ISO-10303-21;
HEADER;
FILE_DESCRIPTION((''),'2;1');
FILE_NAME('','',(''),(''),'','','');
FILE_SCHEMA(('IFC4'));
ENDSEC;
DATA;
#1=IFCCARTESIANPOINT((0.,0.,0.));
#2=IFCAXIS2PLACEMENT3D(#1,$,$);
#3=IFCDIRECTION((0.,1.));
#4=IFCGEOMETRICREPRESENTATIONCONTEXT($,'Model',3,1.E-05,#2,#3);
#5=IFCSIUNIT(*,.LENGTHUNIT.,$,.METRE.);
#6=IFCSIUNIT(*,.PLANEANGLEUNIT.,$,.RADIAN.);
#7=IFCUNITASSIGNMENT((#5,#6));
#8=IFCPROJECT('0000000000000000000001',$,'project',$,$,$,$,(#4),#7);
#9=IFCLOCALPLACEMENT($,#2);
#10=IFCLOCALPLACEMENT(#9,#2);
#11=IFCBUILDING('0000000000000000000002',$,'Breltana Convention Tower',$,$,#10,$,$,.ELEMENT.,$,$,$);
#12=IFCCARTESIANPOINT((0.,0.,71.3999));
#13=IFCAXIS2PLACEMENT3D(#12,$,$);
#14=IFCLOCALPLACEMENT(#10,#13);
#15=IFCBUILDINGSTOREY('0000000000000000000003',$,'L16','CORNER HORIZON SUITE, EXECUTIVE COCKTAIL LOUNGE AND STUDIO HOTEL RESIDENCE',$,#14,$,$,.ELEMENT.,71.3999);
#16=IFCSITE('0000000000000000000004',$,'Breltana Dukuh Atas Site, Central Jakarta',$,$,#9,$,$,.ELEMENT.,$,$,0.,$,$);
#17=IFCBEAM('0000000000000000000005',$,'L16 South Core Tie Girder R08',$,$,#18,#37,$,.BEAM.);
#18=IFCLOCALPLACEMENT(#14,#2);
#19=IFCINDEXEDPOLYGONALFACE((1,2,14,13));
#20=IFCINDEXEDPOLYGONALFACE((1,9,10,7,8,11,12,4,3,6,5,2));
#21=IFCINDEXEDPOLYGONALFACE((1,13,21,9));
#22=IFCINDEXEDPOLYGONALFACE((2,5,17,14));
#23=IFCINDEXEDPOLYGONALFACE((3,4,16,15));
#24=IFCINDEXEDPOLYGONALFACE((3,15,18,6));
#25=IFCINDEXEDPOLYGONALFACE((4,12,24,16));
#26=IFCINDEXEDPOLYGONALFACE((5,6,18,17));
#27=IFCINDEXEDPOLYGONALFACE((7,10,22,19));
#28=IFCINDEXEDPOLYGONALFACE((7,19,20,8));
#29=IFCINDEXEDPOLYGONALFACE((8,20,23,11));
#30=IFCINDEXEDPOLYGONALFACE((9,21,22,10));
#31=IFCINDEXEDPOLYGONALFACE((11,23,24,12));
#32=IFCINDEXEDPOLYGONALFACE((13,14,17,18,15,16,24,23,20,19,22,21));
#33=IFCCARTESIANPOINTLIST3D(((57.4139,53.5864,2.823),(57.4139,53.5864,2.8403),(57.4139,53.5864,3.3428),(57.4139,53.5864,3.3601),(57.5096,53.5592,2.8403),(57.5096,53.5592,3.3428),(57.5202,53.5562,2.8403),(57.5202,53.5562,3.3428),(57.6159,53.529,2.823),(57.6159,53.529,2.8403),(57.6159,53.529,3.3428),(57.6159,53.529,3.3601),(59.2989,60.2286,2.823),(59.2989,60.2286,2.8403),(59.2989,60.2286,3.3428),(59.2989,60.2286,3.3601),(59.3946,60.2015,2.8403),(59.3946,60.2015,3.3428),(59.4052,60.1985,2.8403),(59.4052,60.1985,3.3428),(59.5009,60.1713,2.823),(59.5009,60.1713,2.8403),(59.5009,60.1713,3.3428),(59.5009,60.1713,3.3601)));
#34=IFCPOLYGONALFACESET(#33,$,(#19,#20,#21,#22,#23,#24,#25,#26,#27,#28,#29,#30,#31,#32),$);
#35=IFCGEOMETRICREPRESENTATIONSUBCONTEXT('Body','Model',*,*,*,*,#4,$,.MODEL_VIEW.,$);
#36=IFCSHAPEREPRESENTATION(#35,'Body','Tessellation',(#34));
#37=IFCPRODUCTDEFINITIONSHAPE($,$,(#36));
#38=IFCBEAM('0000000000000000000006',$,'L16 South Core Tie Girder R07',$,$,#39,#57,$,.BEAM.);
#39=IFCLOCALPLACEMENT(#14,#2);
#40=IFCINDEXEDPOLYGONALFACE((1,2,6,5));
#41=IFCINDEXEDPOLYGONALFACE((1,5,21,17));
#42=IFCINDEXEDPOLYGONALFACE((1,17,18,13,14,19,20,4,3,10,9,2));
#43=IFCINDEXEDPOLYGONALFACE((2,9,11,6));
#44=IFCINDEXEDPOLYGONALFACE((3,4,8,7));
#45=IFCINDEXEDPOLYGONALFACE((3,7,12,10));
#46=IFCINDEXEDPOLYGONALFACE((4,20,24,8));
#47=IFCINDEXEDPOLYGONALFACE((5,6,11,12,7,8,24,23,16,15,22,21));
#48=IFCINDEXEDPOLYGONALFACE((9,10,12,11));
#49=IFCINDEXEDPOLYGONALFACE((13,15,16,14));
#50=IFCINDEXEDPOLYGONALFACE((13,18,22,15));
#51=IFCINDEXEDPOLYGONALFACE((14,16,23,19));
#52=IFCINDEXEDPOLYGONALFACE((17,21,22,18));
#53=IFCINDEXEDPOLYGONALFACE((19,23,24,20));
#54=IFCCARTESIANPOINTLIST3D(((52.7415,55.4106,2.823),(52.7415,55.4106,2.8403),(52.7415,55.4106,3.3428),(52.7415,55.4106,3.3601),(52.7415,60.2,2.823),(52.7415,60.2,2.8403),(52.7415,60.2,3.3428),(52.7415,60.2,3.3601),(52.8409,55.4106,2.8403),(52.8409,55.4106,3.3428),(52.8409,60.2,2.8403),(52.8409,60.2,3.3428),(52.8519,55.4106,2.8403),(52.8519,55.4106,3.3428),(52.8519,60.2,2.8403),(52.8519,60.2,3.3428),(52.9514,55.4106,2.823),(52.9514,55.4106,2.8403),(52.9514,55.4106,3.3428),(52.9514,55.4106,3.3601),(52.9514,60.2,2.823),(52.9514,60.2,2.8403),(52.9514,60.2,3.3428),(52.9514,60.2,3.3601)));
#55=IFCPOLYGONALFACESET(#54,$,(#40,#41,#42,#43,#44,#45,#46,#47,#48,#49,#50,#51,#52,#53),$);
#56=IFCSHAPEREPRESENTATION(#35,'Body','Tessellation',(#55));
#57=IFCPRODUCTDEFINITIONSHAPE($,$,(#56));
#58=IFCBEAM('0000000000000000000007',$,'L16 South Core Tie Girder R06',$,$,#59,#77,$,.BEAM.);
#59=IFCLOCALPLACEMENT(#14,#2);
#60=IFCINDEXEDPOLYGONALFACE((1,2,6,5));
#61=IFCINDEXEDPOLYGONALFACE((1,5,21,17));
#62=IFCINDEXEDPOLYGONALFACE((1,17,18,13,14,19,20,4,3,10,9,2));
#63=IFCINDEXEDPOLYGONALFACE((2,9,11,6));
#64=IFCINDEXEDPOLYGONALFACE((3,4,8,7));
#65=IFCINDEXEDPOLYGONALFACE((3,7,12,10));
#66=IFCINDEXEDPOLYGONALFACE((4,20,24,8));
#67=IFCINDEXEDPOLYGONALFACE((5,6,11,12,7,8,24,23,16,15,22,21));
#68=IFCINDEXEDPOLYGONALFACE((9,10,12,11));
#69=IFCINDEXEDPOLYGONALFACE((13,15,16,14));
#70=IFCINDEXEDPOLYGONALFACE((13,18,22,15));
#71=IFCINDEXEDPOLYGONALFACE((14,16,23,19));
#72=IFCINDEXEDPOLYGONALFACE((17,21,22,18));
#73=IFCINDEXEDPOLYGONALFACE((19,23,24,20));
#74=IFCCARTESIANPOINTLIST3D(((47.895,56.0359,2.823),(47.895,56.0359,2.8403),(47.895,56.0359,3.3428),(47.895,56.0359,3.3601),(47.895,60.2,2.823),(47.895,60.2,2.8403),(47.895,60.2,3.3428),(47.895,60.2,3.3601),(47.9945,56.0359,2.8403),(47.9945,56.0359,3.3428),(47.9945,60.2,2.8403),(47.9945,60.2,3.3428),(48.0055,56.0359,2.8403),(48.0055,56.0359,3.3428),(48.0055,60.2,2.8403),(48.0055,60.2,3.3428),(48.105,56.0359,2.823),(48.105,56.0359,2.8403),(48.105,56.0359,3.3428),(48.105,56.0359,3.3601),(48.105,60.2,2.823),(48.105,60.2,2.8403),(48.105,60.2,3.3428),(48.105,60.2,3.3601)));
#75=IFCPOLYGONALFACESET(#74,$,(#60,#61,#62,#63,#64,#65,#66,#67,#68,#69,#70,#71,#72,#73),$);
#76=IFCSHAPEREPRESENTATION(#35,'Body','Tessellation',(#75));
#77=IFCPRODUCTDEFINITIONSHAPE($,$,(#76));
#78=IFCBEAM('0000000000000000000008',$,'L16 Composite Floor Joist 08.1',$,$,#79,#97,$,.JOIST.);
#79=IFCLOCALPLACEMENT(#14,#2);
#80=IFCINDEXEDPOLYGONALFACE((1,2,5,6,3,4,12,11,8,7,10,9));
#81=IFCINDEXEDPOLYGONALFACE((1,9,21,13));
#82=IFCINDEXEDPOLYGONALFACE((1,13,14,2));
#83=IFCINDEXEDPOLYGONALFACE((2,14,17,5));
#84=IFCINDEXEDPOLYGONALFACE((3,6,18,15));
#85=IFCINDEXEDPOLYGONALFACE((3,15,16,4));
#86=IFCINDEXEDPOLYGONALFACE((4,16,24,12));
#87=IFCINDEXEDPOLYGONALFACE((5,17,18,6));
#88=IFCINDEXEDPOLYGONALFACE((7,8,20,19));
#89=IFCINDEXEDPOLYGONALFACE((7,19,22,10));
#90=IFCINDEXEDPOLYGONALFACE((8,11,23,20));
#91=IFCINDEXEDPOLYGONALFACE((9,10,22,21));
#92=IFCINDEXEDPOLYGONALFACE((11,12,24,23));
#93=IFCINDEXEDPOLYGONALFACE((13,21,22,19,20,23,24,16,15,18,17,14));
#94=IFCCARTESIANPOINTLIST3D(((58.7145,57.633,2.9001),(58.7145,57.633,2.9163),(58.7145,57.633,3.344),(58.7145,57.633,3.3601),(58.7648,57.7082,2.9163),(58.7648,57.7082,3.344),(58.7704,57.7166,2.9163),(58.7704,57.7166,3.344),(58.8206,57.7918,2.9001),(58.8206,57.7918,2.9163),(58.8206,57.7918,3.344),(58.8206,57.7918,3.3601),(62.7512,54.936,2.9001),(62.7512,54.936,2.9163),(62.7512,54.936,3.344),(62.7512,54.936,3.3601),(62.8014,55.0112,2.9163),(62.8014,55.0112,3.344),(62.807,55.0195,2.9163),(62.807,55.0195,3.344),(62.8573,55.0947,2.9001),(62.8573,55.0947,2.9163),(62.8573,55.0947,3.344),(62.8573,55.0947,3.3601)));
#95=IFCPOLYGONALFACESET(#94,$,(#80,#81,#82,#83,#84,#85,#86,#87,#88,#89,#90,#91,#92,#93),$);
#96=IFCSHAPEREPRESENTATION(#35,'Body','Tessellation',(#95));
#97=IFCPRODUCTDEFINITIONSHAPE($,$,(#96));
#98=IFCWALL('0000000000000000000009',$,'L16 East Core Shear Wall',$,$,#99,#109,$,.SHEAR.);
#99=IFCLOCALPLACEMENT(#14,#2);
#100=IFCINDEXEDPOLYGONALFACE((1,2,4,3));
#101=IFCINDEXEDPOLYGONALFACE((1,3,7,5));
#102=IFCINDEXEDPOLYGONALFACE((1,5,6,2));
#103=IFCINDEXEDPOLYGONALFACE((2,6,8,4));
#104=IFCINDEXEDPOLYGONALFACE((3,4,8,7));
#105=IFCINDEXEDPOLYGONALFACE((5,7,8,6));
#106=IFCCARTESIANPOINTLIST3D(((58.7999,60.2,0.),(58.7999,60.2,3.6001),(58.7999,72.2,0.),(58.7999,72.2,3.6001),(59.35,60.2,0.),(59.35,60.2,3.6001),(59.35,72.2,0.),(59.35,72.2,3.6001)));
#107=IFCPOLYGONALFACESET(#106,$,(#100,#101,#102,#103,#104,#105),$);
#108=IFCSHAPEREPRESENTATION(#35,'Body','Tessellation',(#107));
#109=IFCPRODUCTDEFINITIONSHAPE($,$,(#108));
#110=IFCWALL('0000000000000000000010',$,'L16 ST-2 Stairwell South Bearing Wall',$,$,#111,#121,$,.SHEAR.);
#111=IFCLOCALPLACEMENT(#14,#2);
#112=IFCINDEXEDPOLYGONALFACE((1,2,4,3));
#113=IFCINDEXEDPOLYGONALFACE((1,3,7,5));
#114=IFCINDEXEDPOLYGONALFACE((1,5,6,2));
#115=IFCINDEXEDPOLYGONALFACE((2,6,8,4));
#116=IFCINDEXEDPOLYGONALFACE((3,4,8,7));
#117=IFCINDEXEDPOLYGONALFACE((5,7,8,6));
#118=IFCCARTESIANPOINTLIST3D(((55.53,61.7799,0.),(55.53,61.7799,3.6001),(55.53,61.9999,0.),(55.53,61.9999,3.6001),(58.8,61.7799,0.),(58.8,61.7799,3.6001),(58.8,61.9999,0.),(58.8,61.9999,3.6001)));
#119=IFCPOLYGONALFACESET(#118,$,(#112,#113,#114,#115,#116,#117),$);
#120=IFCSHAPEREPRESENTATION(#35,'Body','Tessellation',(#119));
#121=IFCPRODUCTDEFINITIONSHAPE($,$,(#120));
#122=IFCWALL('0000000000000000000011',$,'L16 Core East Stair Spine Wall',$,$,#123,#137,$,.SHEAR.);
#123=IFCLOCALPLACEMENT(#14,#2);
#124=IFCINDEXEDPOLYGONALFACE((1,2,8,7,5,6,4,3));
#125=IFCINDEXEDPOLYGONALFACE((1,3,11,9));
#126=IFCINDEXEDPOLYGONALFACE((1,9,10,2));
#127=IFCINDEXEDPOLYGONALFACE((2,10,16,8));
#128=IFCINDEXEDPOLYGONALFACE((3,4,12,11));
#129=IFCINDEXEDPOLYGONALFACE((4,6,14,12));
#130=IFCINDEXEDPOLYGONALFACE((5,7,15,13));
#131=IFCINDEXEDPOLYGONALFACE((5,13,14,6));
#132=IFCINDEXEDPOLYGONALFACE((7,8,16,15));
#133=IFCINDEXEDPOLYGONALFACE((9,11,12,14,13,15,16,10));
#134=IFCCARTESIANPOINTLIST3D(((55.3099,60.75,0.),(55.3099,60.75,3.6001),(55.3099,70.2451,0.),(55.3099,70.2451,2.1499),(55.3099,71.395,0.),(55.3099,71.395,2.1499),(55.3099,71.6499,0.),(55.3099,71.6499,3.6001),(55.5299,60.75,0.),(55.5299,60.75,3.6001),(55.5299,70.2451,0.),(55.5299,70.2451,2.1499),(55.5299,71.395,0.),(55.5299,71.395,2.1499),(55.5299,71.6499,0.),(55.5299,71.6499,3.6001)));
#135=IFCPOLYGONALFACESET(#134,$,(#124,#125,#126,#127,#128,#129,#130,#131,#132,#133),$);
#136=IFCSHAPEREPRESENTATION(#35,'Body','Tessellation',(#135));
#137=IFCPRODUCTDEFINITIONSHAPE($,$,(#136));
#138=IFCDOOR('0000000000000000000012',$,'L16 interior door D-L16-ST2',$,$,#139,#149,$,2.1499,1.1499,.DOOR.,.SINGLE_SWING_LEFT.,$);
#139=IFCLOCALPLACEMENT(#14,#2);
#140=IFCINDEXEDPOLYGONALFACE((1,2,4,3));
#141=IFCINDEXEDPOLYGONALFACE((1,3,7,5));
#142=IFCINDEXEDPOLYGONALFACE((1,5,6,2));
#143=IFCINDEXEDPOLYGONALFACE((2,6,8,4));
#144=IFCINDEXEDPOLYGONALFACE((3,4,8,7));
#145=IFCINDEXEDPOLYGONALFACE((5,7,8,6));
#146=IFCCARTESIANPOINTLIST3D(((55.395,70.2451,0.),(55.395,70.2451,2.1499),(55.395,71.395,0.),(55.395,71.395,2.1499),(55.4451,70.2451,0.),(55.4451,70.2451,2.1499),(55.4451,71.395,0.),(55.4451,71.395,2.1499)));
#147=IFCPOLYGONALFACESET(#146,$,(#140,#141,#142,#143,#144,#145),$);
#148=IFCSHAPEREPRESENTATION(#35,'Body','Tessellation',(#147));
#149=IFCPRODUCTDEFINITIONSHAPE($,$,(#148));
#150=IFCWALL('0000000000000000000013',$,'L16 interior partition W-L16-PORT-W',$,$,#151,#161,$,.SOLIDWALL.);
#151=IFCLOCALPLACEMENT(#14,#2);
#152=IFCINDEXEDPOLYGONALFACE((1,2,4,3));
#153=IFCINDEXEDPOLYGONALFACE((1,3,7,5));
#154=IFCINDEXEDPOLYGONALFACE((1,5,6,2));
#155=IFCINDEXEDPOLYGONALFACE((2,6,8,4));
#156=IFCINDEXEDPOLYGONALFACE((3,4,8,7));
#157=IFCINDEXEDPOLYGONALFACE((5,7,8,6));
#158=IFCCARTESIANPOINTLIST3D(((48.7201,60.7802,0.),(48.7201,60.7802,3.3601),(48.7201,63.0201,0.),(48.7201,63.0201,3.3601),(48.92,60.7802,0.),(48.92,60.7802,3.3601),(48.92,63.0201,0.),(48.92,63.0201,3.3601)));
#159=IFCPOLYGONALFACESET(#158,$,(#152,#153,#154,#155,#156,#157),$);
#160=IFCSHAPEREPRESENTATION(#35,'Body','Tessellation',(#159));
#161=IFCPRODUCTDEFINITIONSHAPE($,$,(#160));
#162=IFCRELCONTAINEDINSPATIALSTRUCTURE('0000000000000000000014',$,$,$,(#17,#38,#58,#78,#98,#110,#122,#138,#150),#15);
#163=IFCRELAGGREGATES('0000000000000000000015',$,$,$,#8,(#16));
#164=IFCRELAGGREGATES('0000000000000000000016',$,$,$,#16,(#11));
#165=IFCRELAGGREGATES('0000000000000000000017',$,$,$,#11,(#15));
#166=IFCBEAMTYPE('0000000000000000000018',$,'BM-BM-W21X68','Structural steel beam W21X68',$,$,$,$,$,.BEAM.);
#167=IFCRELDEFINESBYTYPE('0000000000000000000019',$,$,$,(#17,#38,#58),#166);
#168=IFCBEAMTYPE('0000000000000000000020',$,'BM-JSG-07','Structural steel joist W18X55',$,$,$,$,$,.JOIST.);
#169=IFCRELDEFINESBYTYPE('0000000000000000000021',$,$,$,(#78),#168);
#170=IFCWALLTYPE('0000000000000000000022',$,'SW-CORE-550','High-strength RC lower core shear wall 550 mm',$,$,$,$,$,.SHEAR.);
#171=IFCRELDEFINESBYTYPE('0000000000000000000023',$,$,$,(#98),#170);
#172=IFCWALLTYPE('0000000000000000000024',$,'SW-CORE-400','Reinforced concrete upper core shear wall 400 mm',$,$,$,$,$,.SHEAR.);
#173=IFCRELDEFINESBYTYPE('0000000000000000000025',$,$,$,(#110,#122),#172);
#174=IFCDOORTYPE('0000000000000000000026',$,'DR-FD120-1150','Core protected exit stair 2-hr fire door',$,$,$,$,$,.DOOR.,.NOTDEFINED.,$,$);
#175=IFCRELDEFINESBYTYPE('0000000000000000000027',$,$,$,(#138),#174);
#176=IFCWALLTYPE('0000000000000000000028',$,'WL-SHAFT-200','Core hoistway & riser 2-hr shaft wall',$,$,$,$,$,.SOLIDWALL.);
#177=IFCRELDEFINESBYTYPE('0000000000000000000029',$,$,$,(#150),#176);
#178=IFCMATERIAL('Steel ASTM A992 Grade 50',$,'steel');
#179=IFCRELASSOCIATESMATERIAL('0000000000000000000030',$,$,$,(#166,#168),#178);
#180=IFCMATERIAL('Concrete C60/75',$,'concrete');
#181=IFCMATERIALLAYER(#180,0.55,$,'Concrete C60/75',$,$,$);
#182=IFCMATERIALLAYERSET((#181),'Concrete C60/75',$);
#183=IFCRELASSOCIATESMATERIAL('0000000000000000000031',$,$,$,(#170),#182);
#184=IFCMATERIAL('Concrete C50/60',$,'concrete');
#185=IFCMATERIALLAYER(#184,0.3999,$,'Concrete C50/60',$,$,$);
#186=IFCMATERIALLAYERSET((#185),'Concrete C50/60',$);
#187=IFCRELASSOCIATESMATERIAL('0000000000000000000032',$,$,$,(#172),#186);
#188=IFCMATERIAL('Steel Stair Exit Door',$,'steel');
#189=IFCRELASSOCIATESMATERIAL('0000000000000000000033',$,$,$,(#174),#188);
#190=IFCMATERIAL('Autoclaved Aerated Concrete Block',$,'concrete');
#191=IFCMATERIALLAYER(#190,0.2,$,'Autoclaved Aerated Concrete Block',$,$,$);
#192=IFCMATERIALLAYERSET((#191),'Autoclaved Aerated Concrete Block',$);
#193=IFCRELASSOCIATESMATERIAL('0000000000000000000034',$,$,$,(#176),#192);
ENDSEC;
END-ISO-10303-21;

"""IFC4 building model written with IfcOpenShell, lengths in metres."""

from ifc_helpers import new_model, si_unit, direction, frame, frame_2d, origin, origin_2d, place, context, subcontext, project, spatial, rectangle, i_section, extrude, source, transform, mapped, material, layer, layer_set, material_profile, profile_set, type_object, type_shapes, element, fill, save


model = new_model("IFC4")

# Units and contexts
model_context = context("Model", 3, precision=1e-05, world=origin(), true_north=direction((0.0, 1.0)))
body_context = subcontext(model_context, "Body", "Model", "MODEL_VIEW")
ifc_project = project(units=[si_unit("LENGTHUNIT", "METRE"), si_unit("PLANEANGLEUNIT", "RADIAN")], contexts=[model_context])

# Site, building, storey
site_placement = place(None, origin())
site = spatial("IfcSite", under=ifc_project, at=site_placement, Name="Breltana Dukuh Atas Site, Central Jakarta", CompositionType="ELEMENT", RefElevation=0.0)
building_placement = place(site_placement, origin())
building = spatial("IfcBuilding", under=site, at=building_placement, Name="Breltana Convention Tower", CompositionType="ELEMENT")
storey_placement = place(building_placement, frame((0.0, 0.0, 71.3999)))
storey = spatial("IfcBuildingStorey", under=building, at=storey_placement, Name="L16", Description="CORNER HORIZON SUITE, EXECUTIVE COCKTAIL LOUNGE AND STUDIO HOTEL RESIDENCE", CompositionType="ELEMENT", Elevation=71.3999)

# Beams
ifc_material_1 = material(Name="Steel ASTM A992 Grade 50", Category="steel")
ifc_material_profile_1 = material_profile(ifc_material_1, i_section(OverallWidth=0.21, OverallDepth=0.5371, WebThickness=0.011, FlangeThickness=0.0173, at=origin_2d()), Name="W21X68")
ifc_profile_set_1 = profile_set([ifc_material_profile_1], Name="Steel ASTM A992 Grade 50")
beam_type_1 = type_object("IfcBeamType", Name="BM-BM-W21X68", Description="Structural steel beam W21X68", PredefinedType="BEAM", material=ifc_profile_set_1)
shared_shape_1 = source(origin(), body_context, "Body", "SweptSolid", [
    extrude(i_section(OverallWidth=0.21, OverallDepth=0.5371, WebThickness=0.011, FlangeThickness=0.0173, at=origin_2d()), origin(), (0.0, 0.0, 1.0), 6.9045),
])
type_shapes(beam_type_1, [shared_shape_1])
beam_1_placement = place(storey_placement, frame((59.3999, 60.2, 3.0916), z_axis=(-0.273007, -0.962012, 0.0), x_axis=(0.962012, -0.273007, 0.0)))
element("IfcBeam", 1, at=beam_1_placement, inside=storey, type_object=beam_type_1, Name="L16 South Core Tie Girder R08", PredefinedType="BEAM", context=body_context, shape_type="MappedRepresentation", body=[
    mapped(shared_shape_1, transform((0.0, 0.0, 0.0), scale=1.0)),
])
shared_shape_2 = source(origin(), body_context, "Body", "SweptSolid", [
    extrude(i_section(OverallWidth=0.21, OverallDepth=0.5371, WebThickness=0.011, FlangeThickness=0.0173, at=origin_2d()), origin(), (0.0, 0.0, 1.0), 4.7893),
])
beam_2_placement = place(storey_placement, frame((52.8464, 60.2, 3.0916), z_axis=(0.0, -1.0, 0.0), x_axis=(1.0, 0.0, 0.0)))
element("IfcBeam", 2, at=beam_2_placement, inside=storey, type_object=beam_type_1, Name="L16 South Core Tie Girder R07", PredefinedType="BEAM", context=body_context, shape_type="MappedRepresentation", body=[
    mapped(shared_shape_2, transform((0.0, 0.0, 0.0), scale=1.0)),
])
shared_shape_3 = source(origin(), body_context, "Body", "SweptSolid", [
    extrude(i_section(OverallWidth=0.21, OverallDepth=0.5371, WebThickness=0.011, FlangeThickness=0.0173, at=origin_2d()), origin(), (0.0, 0.0, 1.0), 4.1641),
])
beam_3_placement = place(storey_placement, frame((48.0, 60.2, 3.0916), z_axis=(0.0, -1.0, 0.0), x_axis=(1.0, 0.0, 0.0)))
element("IfcBeam", 3, at=beam_3_placement, inside=storey, type_object=beam_type_1, Name="L16 South Core Tie Girder R06", PredefinedType="BEAM", context=body_context, shape_type="MappedRepresentation", body=[
    mapped(shared_shape_3, transform((0.0, 0.0, 0.0), scale=1.0)),
])
ifc_material_profile_2 = material_profile(ifc_material_1, i_section(OverallWidth=0.1909, OverallDepth=0.46, WebThickness=0.01, FlangeThickness=0.0161, at=origin_2d()), Name="W18X55")
ifc_profile_set_2 = profile_set([ifc_material_profile_2], Name="Steel ASTM A992 Grade 50")
beam_type_2 = type_object("IfcBeamType", Name="BM-JSG-07", Description="Structural steel joist W18X55", PredefinedType="JOIST", material=ifc_profile_set_2)
shared_shape_4 = source(origin(), body_context, "Body", "SweptSolid", [
    extrude(i_section(OverallWidth=0.1909, OverallDepth=0.46, WebThickness=0.01, FlangeThickness=0.0161, at=origin_2d()), origin(), (0.0, 0.0, 1.0), 4.8547),
])
beam_4_placement = place(storey_placement, frame((58.7676, 57.7124, 3.1301), z_axis=(0.831485, -0.555547, 0.0), x_axis=(0.555547, 0.831485, 0.0)))
element("IfcBeam", 4, at=beam_4_placement, inside=storey, type_object=beam_type_2, Name="L16 Composite Floor Joist 08.1", PredefinedType="JOIST", context=body_context, shape_type="MappedRepresentation", body=[
    mapped(shared_shape_4, transform((0.0, 0.0, 0.0), scale=1.0)),
])

# Walls
ifc_material_2 = material(Name="Concrete C60/75", Category="concrete")
ifc_layer_1 = layer(ifc_material_2, 0.55, Name="Concrete C60/75")
ifc_layer_set_1 = layer_set([ifc_layer_1], Name="Concrete C60/75")
wall_type_1 = type_object("IfcWallType", Name="SW-CORE-550", Description="High-strength RC lower core shear wall 550 mm", PredefinedType="SHEAR", material=ifc_layer_set_1)
shared_shape_5 = source(origin(), body_context, "Body", "SweptSolid", [
    extrude(rectangle(XDim=12.0, YDim=0.55, at=frame_2d((6.0, 0.0))), origin(), (0.0, 0.0, 1.0), 3.6001),
])
wall_1_placement = place(storey_placement, frame((59.075, 60.2, 0.0), z_axis=(0.0, 0.0, 1.0), x_axis=(0.0, 1.0, 0.0)))
element("IfcWall", 5, at=wall_1_placement, inside=storey, type_object=wall_type_1, Name="L16 East Core Shear Wall", PredefinedType="SHEAR", context=body_context, shape_type="MappedRepresentation", body=[
    mapped(shared_shape_5, transform((0.0, 0.0, 0.0), scale=1.0)),
])
ifc_material_3 = material(Name="Concrete C50/60", Category="concrete")
ifc_layer_2 = layer(ifc_material_3, 0.3999, Name="Concrete C50/60")
ifc_layer_set_2 = layer_set([ifc_layer_2], Name="Concrete C50/60")
wall_type_2 = type_object("IfcWallType", Name="SW-CORE-400", Description="Reinforced concrete upper core shear wall 400 mm", PredefinedType="SHEAR", material=ifc_layer_set_2)
shared_shape_6 = source(origin(), body_context, "Body", "SweptSolid", [
    extrude(rectangle(XDim=3.27, YDim=0.22, at=frame_2d((1.635, 0.0))), origin(), (0.0, 0.0, 1.0), 3.6001),
])
wall_2_placement = place(storey_placement, frame((55.53, 61.8899, 0.0), z_axis=(0.0, 0.0, 1.0), x_axis=(1.0, 0.0, 0.0)))
element("IfcWall", 6, at=wall_2_placement, inside=storey, type_object=wall_type_2, Name="L16 ST-2 Stairwell South Bearing Wall", PredefinedType="SHEAR", context=body_context, shape_type="MappedRepresentation", body=[
    mapped(shared_shape_6, transform((0.0, 0.0, 0.0), scale=1.0)),
])

# Wall, opening, door
shared_shape_7 = source(origin(), body_context, "Body", "SweptSolid", [
    extrude(rectangle(XDim=10.8999, YDim=0.22, at=frame_2d((5.45, 0.0))), origin(), (0.0, 0.0, 1.0), 3.6001),
])
wall_3_placement = place(storey_placement, frame((55.4199, 60.75, 0.0), z_axis=(0.0, 0.0, 1.0), x_axis=(0.0, 1.0, 0.0)))
wall_3 = element("IfcWall", 7, at=wall_3_placement, inside=storey, type_object=wall_type_2, Name="L16 Core East Stair Spine Wall", PredefinedType="SHEAR", context=body_context, shape_type="MappedRepresentation", body=[
    mapped(shared_shape_7, transform((0.0, 0.0, 0.0), scale=1.0)),
])
opening_1_placement = place(wall_3_placement, frame((9.4951, 0.0, 0.0)))
opening_1 = element("IfcOpeningElement", 8, at=opening_1_placement, cuts=wall_3, PredefinedType="OPENING", context=body_context, shape_type="SweptSolid", body=[
    extrude(rectangle(XDim=1.1499, YDim=2.1499, at=frame_2d((0.575, 1.075))), frame((0.0, 0.1201, 0.0), z_axis=(0.0, -1.0, 0.0), x_axis=(1.0, 0.0, 0.0)), (0.0, 0.0, 1.0), 0.24),
])
ifc_material_4 = material(Name="Steel Stair Exit Door", Category="steel")
door_type_1 = type_object("IfcDoorType", Name="DR-FD120-1150", Description="Core protected exit stair 2-hr fire door", OperationType="NOTDEFINED", PredefinedType="DOOR", material=ifc_material_4)
shared_shape_8 = source(origin(), body_context, "Body", "SweptSolid", [
    extrude(rectangle(XDim=1.1499, YDim=2.1499, at=frame_2d((0.575, 1.075))), frame((0.0, 0.0249, 0.0), z_axis=(0.0, -1.0, 0.0), x_axis=(1.0, 0.0, 0.0)), (0.0, 0.0, 1.0), 0.05),
])
type_shapes(door_type_1, [shared_shape_8])
door_1_placement = place(opening_1_placement, origin())
door_1 = element("IfcDoor", 9, at=door_1_placement, inside=storey, type_object=door_type_1, Name="L16 interior door D-L16-ST2", OperationType="SINGLE_SWING_LEFT", OverallHeight=2.1499, OverallWidth=1.1499, PredefinedType="DOOR", context=body_context, shape_type="MappedRepresentation", body=[
    mapped(shared_shape_8, transform((0.0, 0.0, 0.0), scale=1.0)),
])
fill(opening_1, door_1)

# Wall
ifc_material_5 = material(Name="Autoclaved Aerated Concrete Block", Category="concrete")
ifc_layer_3 = layer(ifc_material_5, 0.2, Name="Autoclaved Aerated Concrete Block")
ifc_layer_set_3 = layer_set([ifc_layer_3], Name="Autoclaved Aerated Concrete Block")
wall_type_3 = type_object("IfcWallType", Name="WL-SHAFT-200", Description="Core hoistway & riser 2-hr shaft wall", PredefinedType="SOLIDWALL", material=ifc_layer_set_3)
shared_shape_9 = source(origin(), body_context, "Body", "SweptSolid", [
    extrude(rectangle(XDim=2.24, YDim=0.2, at=frame_2d((1.1201, 0.0))), origin(), (0.0, 0.0, 1.0), 3.3601),
])
for number, where, z_axis, x_axis, name in (
    (10, (48.8201, 60.78, 0.0), (0.0, 0.0, 1.0), (0.0, 1.0, 0.0), "L16 interior partition W-L16-PORT-W"),
):
    element("IfcWall", number, at=place(storey_placement, frame(where, z_axis=z_axis, x_axis=x_axis)), inside=storey, type_object=wall_type_3, Name=name, PredefinedType="SOLIDWALL", context=body_context, shape_type="MappedRepresentation", body=[
        mapped(shared_shape_9, transform((0.0, 0.0, 0.0), scale=1.0)),
    ])

save(model, "model.ifc")
